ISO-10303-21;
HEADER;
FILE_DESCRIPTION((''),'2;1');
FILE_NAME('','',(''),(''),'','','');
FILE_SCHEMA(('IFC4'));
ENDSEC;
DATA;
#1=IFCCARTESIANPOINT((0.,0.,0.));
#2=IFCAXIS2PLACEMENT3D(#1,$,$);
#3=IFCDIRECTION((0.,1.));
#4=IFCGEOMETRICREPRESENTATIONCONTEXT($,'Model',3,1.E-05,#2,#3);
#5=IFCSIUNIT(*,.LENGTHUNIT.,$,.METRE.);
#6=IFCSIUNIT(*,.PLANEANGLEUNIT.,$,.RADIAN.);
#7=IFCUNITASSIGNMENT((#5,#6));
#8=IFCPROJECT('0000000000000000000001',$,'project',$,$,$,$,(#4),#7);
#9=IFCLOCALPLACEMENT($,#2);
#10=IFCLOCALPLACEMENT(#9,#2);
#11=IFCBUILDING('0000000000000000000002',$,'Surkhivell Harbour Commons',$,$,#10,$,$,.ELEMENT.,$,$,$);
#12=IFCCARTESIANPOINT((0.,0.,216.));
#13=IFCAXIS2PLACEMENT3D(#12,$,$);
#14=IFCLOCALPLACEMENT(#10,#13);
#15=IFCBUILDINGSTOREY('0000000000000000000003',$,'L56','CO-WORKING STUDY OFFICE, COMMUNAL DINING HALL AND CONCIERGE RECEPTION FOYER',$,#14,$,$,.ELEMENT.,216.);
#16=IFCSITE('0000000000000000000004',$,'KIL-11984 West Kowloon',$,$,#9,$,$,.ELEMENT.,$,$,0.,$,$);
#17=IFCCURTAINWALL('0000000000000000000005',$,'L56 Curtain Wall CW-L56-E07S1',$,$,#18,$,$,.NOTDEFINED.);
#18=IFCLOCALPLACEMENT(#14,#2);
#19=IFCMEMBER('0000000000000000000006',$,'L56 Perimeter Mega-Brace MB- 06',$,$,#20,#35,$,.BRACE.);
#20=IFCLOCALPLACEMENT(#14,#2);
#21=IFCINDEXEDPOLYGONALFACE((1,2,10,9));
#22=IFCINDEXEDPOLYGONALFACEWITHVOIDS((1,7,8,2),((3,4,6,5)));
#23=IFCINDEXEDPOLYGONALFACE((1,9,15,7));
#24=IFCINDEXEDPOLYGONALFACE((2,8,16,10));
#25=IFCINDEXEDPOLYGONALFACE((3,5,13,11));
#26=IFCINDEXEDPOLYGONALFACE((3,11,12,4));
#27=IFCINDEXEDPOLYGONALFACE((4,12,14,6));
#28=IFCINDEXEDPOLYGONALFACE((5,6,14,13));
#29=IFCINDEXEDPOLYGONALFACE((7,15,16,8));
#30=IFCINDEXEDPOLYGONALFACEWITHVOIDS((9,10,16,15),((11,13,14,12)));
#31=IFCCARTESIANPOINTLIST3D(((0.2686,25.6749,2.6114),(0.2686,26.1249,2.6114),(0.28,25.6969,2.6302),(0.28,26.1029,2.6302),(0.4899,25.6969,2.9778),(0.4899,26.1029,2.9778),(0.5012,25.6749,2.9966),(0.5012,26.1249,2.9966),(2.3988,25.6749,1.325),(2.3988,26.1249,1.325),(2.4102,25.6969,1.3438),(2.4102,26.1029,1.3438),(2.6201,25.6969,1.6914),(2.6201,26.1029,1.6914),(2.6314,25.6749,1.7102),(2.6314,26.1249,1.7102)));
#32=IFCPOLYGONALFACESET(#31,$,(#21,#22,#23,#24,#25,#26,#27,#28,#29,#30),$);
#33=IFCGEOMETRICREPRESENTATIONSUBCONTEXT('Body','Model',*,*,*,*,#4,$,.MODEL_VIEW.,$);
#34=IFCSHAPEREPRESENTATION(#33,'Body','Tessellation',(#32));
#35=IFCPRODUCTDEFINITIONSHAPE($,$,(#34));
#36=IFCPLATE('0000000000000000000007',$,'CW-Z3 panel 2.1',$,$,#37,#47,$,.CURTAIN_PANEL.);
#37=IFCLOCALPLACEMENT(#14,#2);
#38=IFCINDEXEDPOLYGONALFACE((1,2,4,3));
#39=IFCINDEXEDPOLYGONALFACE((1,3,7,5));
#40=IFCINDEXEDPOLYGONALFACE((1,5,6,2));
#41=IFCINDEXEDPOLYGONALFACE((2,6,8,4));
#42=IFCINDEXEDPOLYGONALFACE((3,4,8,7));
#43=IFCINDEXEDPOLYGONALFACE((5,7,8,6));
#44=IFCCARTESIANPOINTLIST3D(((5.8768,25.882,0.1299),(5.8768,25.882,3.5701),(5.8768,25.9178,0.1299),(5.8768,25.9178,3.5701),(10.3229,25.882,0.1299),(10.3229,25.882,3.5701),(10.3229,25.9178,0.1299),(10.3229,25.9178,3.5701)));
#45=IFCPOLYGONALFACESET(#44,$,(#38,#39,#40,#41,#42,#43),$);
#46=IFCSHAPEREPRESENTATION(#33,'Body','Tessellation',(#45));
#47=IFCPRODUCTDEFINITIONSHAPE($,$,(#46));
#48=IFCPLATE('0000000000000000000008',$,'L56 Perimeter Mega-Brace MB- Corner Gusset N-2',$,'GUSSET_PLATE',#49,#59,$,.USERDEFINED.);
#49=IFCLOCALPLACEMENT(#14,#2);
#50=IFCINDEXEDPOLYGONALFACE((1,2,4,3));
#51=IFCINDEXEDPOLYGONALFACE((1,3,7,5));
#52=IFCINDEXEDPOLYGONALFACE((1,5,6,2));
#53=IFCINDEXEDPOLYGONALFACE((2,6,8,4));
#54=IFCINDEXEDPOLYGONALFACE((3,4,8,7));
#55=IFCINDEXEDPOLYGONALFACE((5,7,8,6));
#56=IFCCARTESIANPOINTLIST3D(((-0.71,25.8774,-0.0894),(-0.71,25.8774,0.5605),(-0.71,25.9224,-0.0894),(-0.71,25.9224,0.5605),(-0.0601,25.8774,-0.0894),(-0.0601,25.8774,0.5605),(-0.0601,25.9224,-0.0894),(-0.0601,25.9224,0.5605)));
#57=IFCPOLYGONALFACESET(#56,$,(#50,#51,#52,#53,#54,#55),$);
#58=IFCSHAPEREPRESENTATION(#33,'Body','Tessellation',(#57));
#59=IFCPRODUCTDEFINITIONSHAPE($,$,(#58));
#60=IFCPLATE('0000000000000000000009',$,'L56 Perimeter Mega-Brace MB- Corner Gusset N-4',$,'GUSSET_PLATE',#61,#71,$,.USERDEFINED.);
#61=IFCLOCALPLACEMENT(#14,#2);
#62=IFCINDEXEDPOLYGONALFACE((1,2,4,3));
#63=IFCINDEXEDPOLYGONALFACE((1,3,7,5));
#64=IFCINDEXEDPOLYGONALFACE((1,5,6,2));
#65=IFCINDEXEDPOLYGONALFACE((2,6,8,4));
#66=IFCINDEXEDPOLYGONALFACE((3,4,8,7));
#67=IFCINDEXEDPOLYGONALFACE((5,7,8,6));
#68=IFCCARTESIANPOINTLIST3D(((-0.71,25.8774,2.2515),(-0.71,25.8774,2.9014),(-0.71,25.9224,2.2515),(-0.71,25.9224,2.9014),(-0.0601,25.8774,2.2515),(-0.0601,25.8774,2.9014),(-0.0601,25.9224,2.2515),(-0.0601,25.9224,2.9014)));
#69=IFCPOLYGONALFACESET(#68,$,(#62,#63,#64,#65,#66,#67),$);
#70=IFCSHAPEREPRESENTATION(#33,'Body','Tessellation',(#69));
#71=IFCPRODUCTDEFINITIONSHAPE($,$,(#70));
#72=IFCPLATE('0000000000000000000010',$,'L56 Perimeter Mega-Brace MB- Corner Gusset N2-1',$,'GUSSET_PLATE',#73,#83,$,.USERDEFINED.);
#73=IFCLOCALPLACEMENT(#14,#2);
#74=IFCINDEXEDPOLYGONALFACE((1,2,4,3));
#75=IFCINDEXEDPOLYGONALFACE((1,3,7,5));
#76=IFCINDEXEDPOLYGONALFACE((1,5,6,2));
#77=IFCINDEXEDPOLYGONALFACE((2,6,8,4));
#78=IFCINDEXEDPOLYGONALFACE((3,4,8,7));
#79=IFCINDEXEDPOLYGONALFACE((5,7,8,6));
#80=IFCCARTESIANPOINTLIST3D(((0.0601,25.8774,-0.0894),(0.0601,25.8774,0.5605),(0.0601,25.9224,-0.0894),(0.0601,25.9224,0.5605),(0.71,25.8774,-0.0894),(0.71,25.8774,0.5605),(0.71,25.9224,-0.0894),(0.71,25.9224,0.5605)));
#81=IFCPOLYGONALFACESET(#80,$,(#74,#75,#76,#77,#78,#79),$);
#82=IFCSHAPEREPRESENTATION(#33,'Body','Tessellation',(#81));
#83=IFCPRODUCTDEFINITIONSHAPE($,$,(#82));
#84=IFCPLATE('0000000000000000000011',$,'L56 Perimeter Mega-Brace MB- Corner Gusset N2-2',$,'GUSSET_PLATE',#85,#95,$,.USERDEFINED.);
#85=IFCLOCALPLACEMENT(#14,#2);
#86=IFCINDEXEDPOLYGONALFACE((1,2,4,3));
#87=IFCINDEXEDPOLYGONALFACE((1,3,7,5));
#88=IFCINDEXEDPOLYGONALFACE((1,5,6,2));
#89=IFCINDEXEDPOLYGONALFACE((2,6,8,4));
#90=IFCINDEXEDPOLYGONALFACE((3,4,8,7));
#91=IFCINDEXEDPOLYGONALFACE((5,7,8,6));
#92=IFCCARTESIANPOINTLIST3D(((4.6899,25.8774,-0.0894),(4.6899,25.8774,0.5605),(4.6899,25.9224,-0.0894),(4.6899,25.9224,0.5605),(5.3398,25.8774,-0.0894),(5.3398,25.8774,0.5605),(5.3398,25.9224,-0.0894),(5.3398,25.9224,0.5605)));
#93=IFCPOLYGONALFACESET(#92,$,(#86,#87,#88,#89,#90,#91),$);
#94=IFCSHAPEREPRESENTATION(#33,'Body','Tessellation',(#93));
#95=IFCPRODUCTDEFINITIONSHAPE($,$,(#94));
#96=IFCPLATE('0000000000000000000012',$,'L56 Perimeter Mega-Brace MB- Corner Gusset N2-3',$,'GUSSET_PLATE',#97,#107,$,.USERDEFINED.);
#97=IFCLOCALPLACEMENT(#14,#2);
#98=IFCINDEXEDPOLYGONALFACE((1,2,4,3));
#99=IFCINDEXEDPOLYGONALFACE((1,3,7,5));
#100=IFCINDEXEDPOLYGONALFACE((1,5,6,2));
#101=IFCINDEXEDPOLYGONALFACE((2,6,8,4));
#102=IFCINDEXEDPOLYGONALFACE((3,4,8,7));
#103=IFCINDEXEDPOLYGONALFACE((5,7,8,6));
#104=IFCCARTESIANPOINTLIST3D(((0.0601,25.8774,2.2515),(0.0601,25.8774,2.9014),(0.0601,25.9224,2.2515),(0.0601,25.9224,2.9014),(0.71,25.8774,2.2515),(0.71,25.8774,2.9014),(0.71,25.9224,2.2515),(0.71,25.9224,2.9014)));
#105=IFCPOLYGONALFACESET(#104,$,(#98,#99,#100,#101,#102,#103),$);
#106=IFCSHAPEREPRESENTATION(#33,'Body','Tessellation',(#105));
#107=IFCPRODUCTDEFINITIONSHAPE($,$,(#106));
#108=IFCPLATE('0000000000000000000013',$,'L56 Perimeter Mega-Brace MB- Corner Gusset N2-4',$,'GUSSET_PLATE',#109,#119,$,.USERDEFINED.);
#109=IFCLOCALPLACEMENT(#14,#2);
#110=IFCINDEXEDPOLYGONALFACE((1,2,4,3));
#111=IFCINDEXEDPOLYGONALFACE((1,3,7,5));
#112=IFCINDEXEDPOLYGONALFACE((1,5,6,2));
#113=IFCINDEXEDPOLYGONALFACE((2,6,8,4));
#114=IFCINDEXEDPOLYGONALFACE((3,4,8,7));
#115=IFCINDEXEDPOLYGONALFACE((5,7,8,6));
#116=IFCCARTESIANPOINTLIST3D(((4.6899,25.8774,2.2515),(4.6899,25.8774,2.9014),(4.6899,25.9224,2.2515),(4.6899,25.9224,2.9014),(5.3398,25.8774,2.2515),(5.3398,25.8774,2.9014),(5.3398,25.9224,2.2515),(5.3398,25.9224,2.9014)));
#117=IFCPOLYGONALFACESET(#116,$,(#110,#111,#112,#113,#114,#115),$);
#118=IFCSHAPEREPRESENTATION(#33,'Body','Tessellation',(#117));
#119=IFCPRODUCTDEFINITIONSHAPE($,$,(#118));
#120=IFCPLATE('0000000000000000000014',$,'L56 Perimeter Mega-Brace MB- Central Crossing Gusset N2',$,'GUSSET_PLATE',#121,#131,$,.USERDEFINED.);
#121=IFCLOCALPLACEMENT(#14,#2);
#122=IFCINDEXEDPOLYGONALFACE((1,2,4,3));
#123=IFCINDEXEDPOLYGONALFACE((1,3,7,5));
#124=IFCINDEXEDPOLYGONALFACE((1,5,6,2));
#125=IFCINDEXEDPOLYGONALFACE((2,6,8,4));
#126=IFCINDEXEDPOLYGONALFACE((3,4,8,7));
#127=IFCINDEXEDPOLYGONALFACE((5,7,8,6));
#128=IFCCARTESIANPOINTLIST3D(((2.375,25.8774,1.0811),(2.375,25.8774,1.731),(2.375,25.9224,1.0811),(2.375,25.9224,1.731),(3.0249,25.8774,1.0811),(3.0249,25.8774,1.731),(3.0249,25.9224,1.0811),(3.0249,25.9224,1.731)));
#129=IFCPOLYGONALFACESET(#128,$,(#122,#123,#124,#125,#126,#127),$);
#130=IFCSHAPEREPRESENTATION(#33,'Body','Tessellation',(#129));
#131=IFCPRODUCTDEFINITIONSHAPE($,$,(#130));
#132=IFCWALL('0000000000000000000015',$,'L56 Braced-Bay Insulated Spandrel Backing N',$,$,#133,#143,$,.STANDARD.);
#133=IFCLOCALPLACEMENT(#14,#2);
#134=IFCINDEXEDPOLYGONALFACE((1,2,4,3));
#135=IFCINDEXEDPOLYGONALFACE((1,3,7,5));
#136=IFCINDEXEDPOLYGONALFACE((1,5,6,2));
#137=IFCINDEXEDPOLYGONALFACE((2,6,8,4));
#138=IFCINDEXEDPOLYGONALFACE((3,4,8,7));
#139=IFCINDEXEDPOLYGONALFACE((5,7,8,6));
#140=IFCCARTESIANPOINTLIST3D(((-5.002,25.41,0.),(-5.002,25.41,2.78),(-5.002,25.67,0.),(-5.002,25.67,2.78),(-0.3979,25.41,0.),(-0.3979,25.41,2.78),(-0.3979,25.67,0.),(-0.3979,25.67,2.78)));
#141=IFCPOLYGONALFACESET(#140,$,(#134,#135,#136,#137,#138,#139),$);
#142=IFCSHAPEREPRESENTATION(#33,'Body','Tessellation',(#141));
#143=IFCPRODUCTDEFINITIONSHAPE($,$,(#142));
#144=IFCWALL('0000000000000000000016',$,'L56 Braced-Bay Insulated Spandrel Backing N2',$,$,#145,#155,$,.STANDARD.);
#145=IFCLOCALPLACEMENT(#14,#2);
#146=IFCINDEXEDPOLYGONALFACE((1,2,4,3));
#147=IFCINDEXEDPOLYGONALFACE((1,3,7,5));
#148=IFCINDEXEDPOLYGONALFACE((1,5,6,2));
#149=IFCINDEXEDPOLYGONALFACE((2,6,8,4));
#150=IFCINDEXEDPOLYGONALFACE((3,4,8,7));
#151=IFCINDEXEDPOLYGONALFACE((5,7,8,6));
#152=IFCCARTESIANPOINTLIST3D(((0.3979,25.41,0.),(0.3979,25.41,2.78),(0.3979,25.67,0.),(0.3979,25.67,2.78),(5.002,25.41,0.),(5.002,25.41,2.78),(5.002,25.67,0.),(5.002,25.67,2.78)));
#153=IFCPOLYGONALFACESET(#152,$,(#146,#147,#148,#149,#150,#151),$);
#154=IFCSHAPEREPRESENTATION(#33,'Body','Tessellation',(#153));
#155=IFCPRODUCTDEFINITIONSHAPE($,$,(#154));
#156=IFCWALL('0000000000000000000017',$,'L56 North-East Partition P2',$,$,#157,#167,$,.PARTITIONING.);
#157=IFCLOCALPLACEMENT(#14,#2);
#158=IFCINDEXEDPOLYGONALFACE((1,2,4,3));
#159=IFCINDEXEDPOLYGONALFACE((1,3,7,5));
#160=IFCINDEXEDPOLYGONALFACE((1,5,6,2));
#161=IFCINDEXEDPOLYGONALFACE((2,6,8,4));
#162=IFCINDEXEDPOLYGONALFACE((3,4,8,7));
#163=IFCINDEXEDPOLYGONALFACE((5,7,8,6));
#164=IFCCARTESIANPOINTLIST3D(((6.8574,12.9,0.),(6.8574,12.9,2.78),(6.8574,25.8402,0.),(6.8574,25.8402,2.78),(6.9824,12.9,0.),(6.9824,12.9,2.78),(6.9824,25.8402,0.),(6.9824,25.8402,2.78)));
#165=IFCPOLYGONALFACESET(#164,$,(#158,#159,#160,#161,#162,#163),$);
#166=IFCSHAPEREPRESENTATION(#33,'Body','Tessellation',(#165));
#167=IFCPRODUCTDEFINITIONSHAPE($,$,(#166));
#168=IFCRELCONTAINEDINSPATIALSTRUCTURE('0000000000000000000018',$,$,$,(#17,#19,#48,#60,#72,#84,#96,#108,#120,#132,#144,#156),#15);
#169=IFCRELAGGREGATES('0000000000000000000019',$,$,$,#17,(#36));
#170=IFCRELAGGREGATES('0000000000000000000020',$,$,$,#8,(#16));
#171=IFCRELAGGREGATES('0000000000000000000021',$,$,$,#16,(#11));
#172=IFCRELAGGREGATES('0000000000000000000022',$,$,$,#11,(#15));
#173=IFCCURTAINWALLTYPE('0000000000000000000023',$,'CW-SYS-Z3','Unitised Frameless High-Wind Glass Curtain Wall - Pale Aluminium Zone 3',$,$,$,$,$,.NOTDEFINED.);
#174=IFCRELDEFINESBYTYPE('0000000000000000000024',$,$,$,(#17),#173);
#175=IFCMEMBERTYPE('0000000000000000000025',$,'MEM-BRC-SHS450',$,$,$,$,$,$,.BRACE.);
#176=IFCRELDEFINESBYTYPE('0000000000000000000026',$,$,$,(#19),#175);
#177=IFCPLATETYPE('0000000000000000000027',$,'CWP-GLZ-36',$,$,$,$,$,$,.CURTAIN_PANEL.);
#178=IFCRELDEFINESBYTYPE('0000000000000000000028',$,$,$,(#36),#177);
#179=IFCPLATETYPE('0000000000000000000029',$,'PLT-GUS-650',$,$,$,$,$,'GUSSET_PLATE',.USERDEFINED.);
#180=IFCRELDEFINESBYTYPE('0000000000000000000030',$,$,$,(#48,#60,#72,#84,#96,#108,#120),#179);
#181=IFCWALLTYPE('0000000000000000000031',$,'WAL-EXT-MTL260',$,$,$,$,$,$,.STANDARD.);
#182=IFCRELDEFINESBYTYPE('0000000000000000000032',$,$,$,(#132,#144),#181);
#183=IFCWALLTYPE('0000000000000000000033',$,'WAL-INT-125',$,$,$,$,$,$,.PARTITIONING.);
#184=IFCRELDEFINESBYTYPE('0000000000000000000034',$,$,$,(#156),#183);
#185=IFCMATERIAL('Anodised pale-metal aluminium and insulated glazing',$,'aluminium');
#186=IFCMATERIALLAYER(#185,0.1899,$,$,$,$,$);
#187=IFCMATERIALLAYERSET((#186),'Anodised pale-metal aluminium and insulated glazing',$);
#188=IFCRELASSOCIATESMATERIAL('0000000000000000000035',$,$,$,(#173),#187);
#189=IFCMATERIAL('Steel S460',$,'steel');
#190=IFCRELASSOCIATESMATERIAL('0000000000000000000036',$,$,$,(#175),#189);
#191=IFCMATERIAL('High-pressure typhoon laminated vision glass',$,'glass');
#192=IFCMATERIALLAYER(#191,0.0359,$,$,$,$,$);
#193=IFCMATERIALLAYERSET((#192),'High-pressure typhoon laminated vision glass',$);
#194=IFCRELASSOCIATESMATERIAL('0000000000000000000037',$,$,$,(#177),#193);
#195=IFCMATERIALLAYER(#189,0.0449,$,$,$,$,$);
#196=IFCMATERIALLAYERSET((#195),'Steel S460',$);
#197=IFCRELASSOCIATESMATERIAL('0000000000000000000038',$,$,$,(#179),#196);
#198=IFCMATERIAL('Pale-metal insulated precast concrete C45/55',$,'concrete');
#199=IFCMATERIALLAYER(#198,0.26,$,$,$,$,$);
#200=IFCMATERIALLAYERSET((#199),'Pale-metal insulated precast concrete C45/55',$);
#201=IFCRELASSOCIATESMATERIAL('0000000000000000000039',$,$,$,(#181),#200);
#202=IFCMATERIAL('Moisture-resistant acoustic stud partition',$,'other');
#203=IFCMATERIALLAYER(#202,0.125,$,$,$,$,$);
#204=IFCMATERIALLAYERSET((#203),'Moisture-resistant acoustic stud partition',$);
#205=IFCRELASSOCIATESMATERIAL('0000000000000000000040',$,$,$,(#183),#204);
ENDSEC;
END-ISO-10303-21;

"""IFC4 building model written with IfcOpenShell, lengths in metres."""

from ifc_helpers import new_model, si_unit, direction, frame, frame_2d, origin, origin_2d, place, context, subcontext, project, spatial, rectangle, hollow_rectangle, extrude, material, layer, layer_set, material_profile, profile_set, type_object, element, aggregate, save


model = new_model("IFC4")

# Units and contexts
model_context = context("Model", 3, precision=1e-05, world=origin(), true_north=direction((0.0, 1.0)))
body_context = subcontext(model_context, "Body", "Model", "MODEL_VIEW")
ifc_project = project(units=[si_unit("LENGTHUNIT", "METRE"), si_unit("PLANEANGLEUNIT", "RADIAN")], contexts=[model_context])

# Site, building, storey
site_placement = place(None, origin())
site = spatial("IfcSite", under=ifc_project, at=site_placement, Name="KIL-11984 West Kowloon", CompositionType="ELEMENT", RefElevation=0.0)
building_placement = place(site_placement, origin())
building = spatial("IfcBuilding", under=site, at=building_placement, Name="Surkhivell Harbour Commons", CompositionType="ELEMENT")
storey_placement = place(building_placement, frame((0.0, 0.0, 216.0)))
storey = spatial("IfcBuildingStorey", under=building, at=storey_placement, Name="L56", Description="CO-WORKING STUDY OFFICE, COMMUNAL DINING HALL AND CONCIERGE RECEPTION FOYER", CompositionType="ELEMENT", Elevation=216.0)

# Curtain wall
ifc_material_1 = material(Name="Anodised pale-metal aluminium and insulated glazing", Category="aluminium")
ifc_layer_1 = layer(ifc_material_1, 0.1899)
ifc_layer_set_1 = layer_set([ifc_layer_1], Name="Anodised pale-metal aluminium and insulated glazing")
curtain_wall_type = type_object("IfcCurtainWallType", Name="CW-SYS-Z3", Description="Unitised Frameless High-Wind Glass Curtain Wall - Pale Aluminium Zone 3", PredefinedType="NOTDEFINED", material=ifc_layer_set_1)
curtain_wall_placement = place(storey_placement, origin())
curtain_wall = element("IfcCurtainWall", 1, at=curtain_wall_placement, inside=storey, type_object=curtain_wall_type, Name="L56 Curtain Wall CW-L56-E07S1", PredefinedType="NOTDEFINED")

# Member
ifc_material_2 = material(Name="Steel S460", Category="steel")
ifc_material_profile_1 = material_profile(ifc_material_2, hollow_rectangle(XDim=0.45, YDim=0.45, WallThickness=0.022, at=origin_2d()), Name="SHS450x450x22")
ifc_profile_set_1 = profile_set([ifc_material_profile_1], Name="Steel S460")
member_type_1 = type_object("IfcMemberType", Name="MEM-BRC-SHS450", PredefinedType="BRACE", material=ifc_profile_set_1)
member_1_placement = place(storey_placement, frame((2.5151, 25.8999, 1.5176), z_axis=(-0.856018, 0.0, 0.516946), x_axis=(0.0, -1.0, 0.0)))
element("IfcMember", 2, at=member_1_placement, inside=storey, type_object=member_type_1, Name="L56 Perimeter Mega-Brace MB- 06", PredefinedType="BRACE", context=body_context, shape_type="SweptSolid", body=[
    extrude(hollow_rectangle(XDim=0.45, YDim=0.45, WallThickness=0.022, at=origin_2d()), origin(), (0.0, 0.0, 1.0), 2.4885),
])

# Plate
ifc_material_3 = material(Name="High-pressure typhoon laminated vision glass", Category="glass")
ifc_layer_2 = layer(ifc_material_3, 0.0359)
ifc_layer_set_2 = layer_set([ifc_layer_2], Name="High-pressure typhoon laminated vision glass")
plate_type_1 = type_object("IfcPlateType", Name="CWP-GLZ-36", PredefinedType="CURTAIN_PANEL", material=ifc_layer_set_2)
plate_placement = place(storey_placement, frame((10.323, 25.8999, 0.1299), z_axis=(0.0, 0.0, 1.0), x_axis=(-1.0, 0.0, 0.0)))
plate = element("IfcPlate", 3, at=plate_placement, type_object=plate_type_1, Name="CW-Z3 panel 2.1", PredefinedType="CURTAIN_PANEL", context=body_context, shape_type="SweptSolid", body=[
    extrude(rectangle(XDim=4.446, YDim=0.0359, at=frame_2d((2.2231, 0.0))), origin(), (0.0, 0.0, 1.0), 3.4402),
])
aggregate(curtain_wall, [plate])

# Plates
ifc_layer_3 = layer(ifc_material_2, 0.0449)
ifc_layer_set_3 = layer_set([ifc_layer_3], Name="Steel S460")
plate_type_2 = type_object("IfcPlateType", Name="PLT-GUS-650", ElementType="GUSSET_PLATE", PredefinedType="USERDEFINED", material=ifc_layer_set_3)
for number, where, z_axis, x_axis, name in (
    (4, (-0.385, 25.8999, -0.0894), (0.0, 0.0, 1.0), (1.0, 0.0, 0.0), "L56 Perimeter Mega-Brace MB- Corner Gusset N-2"),
    (5, (-0.385, 25.8999, 2.2515), (0.0, 0.0, 1.0), (1.0, 0.0, 0.0), "L56 Perimeter Mega-Brace MB- Corner Gusset N-4"),
    (6, (0.385, 25.8999, -0.0894), (0.0, 0.0, 1.0), (1.0, 0.0, 0.0), "L56 Perimeter Mega-Brace MB- Corner Gusset N2-1"),
    (7, (5.0149, 25.8999, -0.0894), (0.0, 0.0, 1.0), (1.0, 0.0, 0.0), "L56 Perimeter Mega-Brace MB- Corner Gusset N2-2"),
    (8, (0.385, 25.8999, 2.2515), (0.0, 0.0, 1.0), (1.0, 0.0, 0.0), "L56 Perimeter Mega-Brace MB- Corner Gusset N2-3"),
    (9, (5.0149, 25.8999, 2.2515), (0.0, 0.0, 1.0), (1.0, 0.0, 0.0), "L56 Perimeter Mega-Brace MB- Corner Gusset N2-4"),
    (10, (2.7, 25.8999, 1.0811), (0.0, 0.0, 1.0), (1.0, 0.0, 0.0), "L56 Perimeter Mega-Brace MB- Central Crossing Gusset N2"),
):
    element("IfcPlate", number, at=place(storey_placement, frame(where, z_axis=z_axis, x_axis=x_axis)), inside=storey, type_object=plate_type_2, Name=name, ObjectType="GUSSET_PLATE", PredefinedType="USERDEFINED", context=body_context, shape_type="SweptSolid", body=[
        extrude(rectangle(XDim=0.6499, YDim=0.0449, at=origin_2d()), origin(), (0.0, 0.0, 1.0), 0.6499),
    ])

# Walls
ifc_material_4 = material(Name="Pale-metal insulated precast concrete C45/55", Category="concrete")
ifc_layer_4 = layer(ifc_material_4, 0.26)
ifc_layer_set_4 = layer_set([ifc_layer_4], Name="Pale-metal insulated precast concrete C45/55")
wall_type_1 = type_object("IfcWallType", Name="WAL-EXT-MTL260", PredefinedType="STANDARD", material=ifc_layer_set_4)
for number, where, z_axis, x_axis, name in (
    (11, (-0.3979, 25.54, 0.0), (0.0, 0.0, 1.0), (-1.0, 0.0, 0.0), "L56 Braced-Bay Insulated Spandrel Backing N"),
    (12, (5.002, 25.54, 0.0), (0.0, 0.0, 1.0), (-1.0, 0.0, 0.0), "L56 Braced-Bay Insulated Spandrel Backing N2"),
):
    element("IfcWall", number, at=place(storey_placement, frame(where, z_axis=z_axis, x_axis=x_axis)), inside=storey, type_object=wall_type_1, Name=name, PredefinedType="STANDARD", context=body_context, shape_type="SweptSolid", body=[
        extrude(rectangle(XDim=4.604, YDim=0.26, at=frame_2d((2.302, 0.0))), origin(), (0.0, 0.0, 1.0), 2.78),
    ])
ifc_material_5 = material(Name="Moisture-resistant acoustic stud partition", Category="other")
ifc_layer_5 = layer(ifc_material_5, 0.125)
ifc_layer_set_5 = layer_set([ifc_layer_5], Name="Moisture-resistant acoustic stud partition")
wall_type_2 = type_object("IfcWallType", Name="WAL-INT-125", PredefinedType="PARTITIONING", material=ifc_layer_set_5)
wall_placement = place(storey_placement, frame((6.9199, 12.8999, 0.0), z_axis=(0.0, 0.0, 1.0), x_axis=(0.0, 1.0, 0.0)))
element("IfcWall", 13, at=wall_placement, inside=storey, type_object=wall_type_2, Name="L56 North-East Partition P2", PredefinedType="PARTITIONING", context=body_context, shape_type="SweptSolid", body=[
    extrude(rectangle(XDim=12.9402, YDim=0.125, at=frame_2d((6.4702, 0.0))), origin(), (0.0, 0.0, 1.0), 2.78),
])

save(model, "model.ifc")
